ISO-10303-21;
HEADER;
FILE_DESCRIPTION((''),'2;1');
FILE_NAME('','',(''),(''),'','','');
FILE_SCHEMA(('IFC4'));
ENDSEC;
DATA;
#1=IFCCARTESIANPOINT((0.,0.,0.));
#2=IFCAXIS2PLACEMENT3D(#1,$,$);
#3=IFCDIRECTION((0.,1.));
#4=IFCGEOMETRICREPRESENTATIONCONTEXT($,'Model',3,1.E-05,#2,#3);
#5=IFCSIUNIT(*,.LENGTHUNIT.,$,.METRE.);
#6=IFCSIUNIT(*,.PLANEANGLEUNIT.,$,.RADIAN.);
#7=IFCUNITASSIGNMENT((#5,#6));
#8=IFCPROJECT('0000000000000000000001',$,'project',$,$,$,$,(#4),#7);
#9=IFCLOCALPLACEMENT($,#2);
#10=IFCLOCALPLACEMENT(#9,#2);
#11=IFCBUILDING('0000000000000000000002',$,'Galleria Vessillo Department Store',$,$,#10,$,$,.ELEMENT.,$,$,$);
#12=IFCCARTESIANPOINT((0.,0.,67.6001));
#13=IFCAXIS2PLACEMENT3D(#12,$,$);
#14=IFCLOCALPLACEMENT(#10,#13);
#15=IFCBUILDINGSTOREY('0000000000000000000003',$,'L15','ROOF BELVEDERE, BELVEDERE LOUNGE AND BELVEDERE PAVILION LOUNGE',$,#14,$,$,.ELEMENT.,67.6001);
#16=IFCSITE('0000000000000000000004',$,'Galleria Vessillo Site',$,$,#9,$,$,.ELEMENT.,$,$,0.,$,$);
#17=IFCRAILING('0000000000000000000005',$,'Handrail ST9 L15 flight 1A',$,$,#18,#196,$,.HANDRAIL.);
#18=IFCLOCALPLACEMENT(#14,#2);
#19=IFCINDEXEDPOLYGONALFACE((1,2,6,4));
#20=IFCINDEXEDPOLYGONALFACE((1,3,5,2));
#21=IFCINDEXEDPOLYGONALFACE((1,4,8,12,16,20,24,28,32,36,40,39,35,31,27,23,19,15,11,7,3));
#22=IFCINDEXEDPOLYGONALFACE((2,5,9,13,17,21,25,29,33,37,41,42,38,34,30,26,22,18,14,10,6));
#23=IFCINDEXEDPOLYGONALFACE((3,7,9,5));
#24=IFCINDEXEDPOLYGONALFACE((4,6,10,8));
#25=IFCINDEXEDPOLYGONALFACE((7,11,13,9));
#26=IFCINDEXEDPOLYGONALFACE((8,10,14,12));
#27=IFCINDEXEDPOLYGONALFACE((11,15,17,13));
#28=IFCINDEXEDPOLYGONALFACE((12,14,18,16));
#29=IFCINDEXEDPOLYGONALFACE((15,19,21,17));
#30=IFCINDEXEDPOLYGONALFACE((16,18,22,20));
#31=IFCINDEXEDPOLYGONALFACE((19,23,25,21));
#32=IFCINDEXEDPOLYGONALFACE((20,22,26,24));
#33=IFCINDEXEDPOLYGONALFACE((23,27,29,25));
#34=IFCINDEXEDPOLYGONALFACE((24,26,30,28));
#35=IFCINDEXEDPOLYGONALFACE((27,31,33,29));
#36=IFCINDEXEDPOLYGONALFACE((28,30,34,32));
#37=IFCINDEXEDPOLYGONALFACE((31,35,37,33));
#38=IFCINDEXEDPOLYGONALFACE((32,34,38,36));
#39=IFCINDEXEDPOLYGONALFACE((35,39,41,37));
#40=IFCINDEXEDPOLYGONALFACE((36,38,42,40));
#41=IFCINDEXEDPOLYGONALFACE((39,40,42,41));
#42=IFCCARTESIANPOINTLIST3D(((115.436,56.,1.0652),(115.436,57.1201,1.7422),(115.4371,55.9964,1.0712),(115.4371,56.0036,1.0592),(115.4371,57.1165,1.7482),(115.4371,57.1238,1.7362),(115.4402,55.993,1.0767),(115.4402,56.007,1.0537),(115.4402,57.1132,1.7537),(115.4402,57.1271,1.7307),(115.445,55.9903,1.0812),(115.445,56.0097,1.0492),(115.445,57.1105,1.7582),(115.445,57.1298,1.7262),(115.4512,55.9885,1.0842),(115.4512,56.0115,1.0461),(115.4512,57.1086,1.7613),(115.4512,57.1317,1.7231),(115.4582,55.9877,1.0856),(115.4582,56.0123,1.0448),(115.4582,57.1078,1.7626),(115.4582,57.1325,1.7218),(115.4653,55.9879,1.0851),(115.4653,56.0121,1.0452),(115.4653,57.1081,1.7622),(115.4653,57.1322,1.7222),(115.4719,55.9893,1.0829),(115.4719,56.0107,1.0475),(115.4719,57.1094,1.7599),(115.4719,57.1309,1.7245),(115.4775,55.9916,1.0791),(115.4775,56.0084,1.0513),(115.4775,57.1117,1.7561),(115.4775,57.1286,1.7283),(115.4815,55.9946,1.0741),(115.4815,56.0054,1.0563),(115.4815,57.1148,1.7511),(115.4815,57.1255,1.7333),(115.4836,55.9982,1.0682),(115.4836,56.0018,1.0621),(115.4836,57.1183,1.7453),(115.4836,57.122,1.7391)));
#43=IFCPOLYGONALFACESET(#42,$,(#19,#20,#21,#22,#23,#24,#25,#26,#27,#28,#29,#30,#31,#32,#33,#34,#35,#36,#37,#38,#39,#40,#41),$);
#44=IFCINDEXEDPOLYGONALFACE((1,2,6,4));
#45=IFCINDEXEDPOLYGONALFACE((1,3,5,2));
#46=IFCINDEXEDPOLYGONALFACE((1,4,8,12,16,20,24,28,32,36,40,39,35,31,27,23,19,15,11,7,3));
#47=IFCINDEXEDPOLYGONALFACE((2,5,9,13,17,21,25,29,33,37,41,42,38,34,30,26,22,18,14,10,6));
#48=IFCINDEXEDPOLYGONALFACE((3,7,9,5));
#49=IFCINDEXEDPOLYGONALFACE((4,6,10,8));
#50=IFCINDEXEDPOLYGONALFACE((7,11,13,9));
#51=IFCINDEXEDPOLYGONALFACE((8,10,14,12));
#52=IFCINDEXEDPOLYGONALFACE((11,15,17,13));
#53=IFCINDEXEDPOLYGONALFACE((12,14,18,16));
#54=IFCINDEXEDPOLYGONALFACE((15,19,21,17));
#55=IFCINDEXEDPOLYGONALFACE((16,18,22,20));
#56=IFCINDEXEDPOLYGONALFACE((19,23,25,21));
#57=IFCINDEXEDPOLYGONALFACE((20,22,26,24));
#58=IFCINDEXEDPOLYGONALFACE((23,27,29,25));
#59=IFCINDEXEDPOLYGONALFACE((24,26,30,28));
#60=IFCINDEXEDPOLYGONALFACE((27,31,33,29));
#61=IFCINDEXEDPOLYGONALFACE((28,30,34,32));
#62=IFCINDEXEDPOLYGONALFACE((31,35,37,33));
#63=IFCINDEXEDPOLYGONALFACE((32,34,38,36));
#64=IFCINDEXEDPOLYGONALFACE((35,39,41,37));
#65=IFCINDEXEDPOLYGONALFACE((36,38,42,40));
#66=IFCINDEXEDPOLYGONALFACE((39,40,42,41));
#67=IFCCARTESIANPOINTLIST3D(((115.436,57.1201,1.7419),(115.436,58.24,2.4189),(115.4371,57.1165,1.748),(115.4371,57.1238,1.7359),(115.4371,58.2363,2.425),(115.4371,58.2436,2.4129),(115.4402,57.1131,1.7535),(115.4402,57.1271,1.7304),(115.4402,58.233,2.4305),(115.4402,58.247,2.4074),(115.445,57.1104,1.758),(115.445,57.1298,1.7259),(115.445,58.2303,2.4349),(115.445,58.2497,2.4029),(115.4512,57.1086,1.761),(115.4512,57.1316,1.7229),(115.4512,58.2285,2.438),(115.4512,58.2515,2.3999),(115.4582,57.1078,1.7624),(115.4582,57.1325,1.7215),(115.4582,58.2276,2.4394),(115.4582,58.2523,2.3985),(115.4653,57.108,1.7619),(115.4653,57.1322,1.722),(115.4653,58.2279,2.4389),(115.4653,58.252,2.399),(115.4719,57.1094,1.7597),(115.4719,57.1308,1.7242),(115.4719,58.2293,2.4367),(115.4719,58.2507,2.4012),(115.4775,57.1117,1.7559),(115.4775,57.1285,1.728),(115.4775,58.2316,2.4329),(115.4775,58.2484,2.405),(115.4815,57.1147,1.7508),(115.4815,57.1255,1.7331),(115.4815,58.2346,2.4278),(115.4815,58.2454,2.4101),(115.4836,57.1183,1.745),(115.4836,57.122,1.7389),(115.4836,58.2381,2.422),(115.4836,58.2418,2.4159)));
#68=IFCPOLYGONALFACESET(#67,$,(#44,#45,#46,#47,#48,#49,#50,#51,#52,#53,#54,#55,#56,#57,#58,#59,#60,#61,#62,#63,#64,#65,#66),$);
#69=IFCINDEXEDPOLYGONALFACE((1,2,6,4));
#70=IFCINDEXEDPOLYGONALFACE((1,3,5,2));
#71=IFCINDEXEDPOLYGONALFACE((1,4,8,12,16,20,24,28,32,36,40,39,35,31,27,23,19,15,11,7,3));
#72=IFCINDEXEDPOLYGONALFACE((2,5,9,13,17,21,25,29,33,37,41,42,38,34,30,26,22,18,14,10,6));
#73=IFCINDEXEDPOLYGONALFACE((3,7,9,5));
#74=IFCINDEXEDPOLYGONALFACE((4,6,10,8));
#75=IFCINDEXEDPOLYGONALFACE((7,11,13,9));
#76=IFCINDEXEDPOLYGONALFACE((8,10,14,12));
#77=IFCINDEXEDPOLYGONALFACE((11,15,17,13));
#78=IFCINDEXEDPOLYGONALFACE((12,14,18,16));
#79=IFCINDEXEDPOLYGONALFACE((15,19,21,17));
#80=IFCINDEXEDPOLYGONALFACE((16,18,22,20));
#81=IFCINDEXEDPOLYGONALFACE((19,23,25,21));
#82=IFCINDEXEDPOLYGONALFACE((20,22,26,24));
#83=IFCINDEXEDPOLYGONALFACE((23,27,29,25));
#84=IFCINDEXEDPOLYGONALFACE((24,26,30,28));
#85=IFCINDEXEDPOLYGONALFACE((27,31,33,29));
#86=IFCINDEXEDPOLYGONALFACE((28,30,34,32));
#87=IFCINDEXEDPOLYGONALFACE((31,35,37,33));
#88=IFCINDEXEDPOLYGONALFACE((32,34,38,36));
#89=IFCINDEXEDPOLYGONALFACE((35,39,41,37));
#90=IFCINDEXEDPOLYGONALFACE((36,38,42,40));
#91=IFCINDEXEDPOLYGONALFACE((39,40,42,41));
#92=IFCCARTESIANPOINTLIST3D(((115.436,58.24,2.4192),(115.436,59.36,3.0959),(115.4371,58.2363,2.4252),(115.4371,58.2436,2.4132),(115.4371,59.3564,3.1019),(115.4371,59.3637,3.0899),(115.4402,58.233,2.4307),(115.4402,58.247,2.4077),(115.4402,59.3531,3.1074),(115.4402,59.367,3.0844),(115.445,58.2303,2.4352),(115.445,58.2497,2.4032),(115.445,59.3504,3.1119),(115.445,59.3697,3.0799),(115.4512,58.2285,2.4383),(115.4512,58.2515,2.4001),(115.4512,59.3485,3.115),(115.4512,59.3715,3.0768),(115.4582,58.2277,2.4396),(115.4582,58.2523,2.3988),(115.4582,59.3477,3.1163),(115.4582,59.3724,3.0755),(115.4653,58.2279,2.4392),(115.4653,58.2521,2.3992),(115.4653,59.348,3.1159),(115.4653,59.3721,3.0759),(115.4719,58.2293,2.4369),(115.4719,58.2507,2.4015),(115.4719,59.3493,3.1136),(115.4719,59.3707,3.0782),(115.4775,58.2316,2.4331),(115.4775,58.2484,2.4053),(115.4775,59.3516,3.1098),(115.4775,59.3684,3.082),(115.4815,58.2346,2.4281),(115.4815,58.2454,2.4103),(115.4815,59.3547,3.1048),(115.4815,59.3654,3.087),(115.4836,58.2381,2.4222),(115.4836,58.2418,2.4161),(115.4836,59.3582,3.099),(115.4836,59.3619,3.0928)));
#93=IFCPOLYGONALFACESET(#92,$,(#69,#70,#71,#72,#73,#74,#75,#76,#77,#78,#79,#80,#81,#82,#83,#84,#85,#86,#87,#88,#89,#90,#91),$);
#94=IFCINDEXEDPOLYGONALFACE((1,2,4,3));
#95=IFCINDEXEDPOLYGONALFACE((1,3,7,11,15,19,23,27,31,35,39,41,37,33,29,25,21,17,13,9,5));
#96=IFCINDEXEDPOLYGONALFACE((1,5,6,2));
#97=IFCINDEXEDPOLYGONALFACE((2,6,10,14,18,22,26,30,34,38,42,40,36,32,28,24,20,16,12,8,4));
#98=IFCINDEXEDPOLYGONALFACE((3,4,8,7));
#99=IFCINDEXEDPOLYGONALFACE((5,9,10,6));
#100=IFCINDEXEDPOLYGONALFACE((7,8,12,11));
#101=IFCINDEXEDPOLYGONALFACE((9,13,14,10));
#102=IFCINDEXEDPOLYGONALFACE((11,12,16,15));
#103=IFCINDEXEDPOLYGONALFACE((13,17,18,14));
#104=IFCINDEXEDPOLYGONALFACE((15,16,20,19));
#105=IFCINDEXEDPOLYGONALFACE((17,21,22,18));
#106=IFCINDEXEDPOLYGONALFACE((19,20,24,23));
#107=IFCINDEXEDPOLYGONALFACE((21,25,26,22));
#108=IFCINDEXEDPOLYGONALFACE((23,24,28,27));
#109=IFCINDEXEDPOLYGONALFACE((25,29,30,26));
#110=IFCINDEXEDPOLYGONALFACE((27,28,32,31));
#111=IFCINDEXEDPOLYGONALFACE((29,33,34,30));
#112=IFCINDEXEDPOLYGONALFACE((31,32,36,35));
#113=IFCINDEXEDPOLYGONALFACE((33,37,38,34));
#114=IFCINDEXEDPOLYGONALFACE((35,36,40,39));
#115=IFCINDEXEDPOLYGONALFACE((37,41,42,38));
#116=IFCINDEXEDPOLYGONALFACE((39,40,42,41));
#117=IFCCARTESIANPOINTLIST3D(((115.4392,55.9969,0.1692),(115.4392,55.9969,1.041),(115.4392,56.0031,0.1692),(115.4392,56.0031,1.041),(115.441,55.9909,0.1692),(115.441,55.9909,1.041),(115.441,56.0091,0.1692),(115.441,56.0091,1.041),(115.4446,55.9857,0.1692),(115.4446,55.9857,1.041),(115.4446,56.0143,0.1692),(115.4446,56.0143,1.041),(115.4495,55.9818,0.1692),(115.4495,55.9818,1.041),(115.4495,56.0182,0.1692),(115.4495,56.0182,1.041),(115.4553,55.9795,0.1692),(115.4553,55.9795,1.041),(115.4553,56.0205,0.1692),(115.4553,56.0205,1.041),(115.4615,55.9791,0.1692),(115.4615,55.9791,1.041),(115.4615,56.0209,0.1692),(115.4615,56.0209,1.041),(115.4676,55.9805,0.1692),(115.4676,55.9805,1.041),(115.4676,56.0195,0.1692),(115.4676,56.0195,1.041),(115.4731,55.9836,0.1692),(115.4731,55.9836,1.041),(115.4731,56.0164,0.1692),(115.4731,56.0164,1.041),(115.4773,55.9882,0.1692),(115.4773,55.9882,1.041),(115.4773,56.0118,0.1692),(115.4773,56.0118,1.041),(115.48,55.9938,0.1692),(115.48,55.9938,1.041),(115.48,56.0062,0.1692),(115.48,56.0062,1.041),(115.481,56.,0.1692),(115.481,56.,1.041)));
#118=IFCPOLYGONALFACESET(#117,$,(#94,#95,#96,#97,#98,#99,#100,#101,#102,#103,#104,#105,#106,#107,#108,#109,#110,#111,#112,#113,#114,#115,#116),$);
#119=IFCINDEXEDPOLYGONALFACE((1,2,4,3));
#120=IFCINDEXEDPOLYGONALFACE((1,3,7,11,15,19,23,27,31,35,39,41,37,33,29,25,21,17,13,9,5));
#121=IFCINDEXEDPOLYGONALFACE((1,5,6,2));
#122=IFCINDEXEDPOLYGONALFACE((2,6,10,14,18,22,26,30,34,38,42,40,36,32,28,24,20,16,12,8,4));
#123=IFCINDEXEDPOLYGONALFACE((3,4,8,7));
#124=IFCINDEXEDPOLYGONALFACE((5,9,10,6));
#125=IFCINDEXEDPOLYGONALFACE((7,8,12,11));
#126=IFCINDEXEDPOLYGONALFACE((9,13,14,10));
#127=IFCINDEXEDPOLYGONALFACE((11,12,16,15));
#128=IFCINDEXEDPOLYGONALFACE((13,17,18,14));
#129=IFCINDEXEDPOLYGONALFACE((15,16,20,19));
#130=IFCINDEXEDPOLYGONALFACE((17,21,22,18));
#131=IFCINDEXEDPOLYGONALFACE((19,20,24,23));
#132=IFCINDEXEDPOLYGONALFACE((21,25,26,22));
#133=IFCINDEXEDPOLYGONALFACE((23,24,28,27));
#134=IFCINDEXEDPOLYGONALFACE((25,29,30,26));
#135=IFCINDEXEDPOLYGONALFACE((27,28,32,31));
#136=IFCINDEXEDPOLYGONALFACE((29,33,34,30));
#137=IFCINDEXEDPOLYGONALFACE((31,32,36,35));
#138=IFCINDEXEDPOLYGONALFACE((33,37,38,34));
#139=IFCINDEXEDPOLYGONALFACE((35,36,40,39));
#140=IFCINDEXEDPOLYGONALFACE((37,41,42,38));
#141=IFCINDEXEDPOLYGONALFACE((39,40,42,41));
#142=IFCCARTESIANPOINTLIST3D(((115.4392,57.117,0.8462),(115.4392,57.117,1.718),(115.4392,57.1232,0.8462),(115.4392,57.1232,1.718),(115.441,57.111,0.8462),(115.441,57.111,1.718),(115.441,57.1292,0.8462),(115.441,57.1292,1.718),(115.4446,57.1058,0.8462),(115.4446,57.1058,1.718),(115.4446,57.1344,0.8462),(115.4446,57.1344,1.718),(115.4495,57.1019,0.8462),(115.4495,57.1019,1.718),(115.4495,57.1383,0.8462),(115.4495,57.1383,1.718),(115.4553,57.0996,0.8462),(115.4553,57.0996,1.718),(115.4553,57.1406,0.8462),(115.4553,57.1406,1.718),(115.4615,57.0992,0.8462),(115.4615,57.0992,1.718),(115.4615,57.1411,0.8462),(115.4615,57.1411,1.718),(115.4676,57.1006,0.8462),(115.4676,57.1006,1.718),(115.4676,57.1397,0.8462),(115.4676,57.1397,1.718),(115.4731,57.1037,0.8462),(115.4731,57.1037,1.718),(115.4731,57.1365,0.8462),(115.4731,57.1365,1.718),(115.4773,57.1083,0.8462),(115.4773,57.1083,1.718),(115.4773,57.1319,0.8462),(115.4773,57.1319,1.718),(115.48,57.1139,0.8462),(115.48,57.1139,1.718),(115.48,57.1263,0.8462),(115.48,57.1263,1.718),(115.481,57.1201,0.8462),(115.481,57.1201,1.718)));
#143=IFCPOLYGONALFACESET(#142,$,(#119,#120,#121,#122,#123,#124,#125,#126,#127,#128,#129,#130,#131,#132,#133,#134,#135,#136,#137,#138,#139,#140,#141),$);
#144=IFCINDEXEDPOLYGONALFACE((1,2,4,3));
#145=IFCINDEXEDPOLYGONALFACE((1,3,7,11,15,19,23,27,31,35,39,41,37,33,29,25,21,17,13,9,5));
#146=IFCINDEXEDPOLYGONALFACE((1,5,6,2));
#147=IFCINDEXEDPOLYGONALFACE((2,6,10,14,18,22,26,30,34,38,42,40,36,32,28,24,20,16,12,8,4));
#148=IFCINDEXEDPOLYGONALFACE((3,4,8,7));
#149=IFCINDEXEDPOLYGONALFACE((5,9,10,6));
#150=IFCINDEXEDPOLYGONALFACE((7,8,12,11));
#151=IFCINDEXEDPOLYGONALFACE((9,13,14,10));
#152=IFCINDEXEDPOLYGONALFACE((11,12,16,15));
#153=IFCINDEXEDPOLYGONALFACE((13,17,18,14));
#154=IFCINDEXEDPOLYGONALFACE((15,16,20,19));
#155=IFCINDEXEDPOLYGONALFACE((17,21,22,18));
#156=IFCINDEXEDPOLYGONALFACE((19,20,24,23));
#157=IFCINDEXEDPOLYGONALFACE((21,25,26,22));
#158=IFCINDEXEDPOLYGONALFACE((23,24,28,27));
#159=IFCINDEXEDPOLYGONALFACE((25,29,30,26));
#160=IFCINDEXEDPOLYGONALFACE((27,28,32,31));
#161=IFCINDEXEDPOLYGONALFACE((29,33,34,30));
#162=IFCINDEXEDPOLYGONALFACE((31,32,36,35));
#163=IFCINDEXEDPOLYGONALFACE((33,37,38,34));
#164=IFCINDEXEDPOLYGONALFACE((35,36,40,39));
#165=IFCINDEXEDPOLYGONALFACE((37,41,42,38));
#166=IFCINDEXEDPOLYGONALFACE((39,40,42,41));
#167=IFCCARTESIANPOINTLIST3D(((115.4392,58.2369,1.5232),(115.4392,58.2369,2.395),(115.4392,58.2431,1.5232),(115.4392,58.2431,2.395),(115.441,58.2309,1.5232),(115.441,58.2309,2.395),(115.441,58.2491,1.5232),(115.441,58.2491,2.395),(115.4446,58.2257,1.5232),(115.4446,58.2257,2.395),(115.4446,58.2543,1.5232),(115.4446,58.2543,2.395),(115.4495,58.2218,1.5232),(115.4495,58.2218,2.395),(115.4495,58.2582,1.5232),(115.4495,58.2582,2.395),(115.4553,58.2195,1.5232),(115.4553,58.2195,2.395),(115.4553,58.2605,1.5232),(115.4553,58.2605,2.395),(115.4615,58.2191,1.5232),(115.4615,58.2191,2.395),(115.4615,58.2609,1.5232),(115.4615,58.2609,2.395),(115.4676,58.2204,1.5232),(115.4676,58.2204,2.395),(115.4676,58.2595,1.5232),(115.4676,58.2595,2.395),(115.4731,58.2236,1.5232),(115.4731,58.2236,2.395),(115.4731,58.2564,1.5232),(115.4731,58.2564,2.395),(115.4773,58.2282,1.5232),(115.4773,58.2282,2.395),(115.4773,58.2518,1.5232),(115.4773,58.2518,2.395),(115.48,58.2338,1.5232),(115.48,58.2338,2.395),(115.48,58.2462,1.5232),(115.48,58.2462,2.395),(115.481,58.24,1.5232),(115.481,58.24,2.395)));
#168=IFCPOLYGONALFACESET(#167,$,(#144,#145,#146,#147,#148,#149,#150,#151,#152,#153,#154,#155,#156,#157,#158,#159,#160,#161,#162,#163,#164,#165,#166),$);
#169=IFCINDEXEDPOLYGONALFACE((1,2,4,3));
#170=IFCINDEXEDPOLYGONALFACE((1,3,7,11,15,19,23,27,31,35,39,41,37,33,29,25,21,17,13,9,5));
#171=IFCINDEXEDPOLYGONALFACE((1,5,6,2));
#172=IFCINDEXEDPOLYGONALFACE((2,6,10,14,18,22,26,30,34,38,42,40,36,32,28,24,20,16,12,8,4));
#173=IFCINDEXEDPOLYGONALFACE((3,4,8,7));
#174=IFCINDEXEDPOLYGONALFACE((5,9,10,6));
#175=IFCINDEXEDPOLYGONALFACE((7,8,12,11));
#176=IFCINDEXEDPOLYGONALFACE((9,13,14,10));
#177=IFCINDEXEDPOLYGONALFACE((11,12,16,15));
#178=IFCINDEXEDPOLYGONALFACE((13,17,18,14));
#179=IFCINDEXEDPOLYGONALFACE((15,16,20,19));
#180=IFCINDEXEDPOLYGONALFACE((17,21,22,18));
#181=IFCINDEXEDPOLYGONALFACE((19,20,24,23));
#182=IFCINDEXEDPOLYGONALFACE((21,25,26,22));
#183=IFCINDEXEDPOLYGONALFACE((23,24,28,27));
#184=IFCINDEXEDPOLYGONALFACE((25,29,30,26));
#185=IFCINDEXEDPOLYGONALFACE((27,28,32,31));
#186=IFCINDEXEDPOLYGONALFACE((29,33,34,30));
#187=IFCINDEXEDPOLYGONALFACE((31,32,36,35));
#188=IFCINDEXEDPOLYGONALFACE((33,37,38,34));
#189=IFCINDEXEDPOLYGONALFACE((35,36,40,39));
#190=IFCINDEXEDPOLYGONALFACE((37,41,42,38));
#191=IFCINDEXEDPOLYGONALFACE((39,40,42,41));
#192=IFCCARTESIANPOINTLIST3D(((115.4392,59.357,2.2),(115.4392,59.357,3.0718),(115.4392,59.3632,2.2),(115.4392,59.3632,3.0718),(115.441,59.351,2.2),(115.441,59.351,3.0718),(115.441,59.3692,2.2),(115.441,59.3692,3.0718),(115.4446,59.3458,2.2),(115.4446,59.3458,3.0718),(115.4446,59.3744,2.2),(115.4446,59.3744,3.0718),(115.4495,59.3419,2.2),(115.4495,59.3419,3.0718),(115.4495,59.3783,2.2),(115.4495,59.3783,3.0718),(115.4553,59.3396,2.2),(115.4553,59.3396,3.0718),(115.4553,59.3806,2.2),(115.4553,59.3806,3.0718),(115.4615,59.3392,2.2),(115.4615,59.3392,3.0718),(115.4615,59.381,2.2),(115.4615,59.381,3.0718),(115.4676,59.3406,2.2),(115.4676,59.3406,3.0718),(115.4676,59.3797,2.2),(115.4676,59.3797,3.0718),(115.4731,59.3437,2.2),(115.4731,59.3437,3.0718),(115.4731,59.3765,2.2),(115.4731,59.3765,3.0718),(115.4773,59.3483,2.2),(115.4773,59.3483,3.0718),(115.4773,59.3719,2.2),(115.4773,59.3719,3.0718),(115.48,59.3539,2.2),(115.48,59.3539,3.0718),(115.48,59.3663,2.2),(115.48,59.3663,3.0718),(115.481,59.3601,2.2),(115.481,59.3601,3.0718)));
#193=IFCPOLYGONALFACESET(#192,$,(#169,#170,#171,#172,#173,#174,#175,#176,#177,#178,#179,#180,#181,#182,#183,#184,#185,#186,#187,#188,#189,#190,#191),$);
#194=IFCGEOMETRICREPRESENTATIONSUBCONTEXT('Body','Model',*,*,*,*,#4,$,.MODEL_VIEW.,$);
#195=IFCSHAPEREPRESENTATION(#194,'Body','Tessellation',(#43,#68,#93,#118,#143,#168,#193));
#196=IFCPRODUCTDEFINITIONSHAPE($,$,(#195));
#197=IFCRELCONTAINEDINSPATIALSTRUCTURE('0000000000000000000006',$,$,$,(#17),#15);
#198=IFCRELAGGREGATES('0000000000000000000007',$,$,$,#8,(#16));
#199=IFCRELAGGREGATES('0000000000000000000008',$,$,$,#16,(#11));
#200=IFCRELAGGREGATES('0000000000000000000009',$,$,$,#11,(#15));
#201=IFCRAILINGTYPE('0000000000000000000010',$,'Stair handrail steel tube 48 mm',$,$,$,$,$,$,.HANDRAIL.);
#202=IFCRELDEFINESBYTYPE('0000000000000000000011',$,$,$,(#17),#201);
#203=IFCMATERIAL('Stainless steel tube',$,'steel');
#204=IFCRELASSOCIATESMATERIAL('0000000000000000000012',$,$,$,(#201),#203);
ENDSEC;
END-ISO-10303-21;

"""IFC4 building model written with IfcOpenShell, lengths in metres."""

from ifc_helpers import new_model, si_unit, direction, frame, origin, origin_2d, place, context, subcontext, project, spatial, circle, extrude, material, type_object, element, save


model = new_model("IFC4")

# Units and contexts
model_context = context("Model", 3, precision=1e-05, world=origin(), true_north=direction((0.0, 1.0)))
body_context = subcontext(model_context, "Body", "Model", "MODEL_VIEW")
ifc_project = project(units=[si_unit("LENGTHUNIT", "METRE"), si_unit("PLANEANGLEUNIT", "RADIAN")], contexts=[model_context])

# Site, building, storey
site_placement = place(None, origin())
site = spatial("IfcSite", under=ifc_project, at=site_placement, Name="Galleria Vessillo Site", CompositionType="ELEMENT", RefElevation=0.0)
building_placement = place(site_placement, origin())
building = spatial("IfcBuilding", under=site, at=building_placement, Name="Galleria Vessillo Department Store", CompositionType="ELEMENT")
storey_placement = place(building_placement, frame((0.0, 0.0, 67.6001)))
storey = spatial("IfcBuildingStorey", under=building, at=storey_placement, Name="L15", Description="ROOF BELVEDERE, BELVEDERE LOUNGE AND BELVEDERE PAVILION LOUNGE", CompositionType="ELEMENT", Elevation=67.6001)

# Railing
ifc_material_1 = material(Name="Stainless steel tube", Category="steel")
railing_type_1 = type_object("IfcRailingType", Name="Stair handrail steel tube 48 mm", PredefinedType="HANDRAIL", material=ifc_material_1)
for number, where, name in (
    (1, (115.46, 56.0, 0.1692), "Handrail ST9 L15 flight 1A"),
):
    element("IfcRailing", number, at=place(storey_placement, frame(where)), inside=storey, type_object=railing_type_1, Name=name, PredefinedType="HANDRAIL", context=body_context, shape_type="SweptSolid", body=[
        extrude(circle(Radius=0.0239, at=origin_2d()), frame((0.0, 0.0, 0.896), z_axis=(0.0, 0.855826, 0.517264), x_axis=(-1.0, 0.0, 0.0)), (0.0, 0.0, 1.0), 1.3088),
        extrude(circle(Radius=0.0239, at=origin_2d()), frame((0.0, 1.1201, 1.5728), z_axis=(0.0, 0.855776, 0.517346), x_axis=(-1.0, 0.0, 0.0)), (0.0, 0.0, 1.0), 1.3086),
        extrude(circle(Radius=0.0239, at=origin_2d()), frame((0.0, 2.24, 2.25), z_axis=(0.0, 0.855909, 0.517127), x_axis=(-1.0, 0.0, 0.0)), (0.0, 0.0, 1.0), 1.3086),
        extrude(circle(Radius=0.021, at=origin_2d()), origin(), (0.0, 0.0, 1.0), 0.8718),
        extrude(circle(Radius=0.021, at=origin_2d()), frame((0.0, 1.1201, 0.677)), (0.0, 0.0, 1.0), 0.8718),
        extrude(circle(Radius=0.021, at=origin_2d()), frame((0.0, 2.24, 1.354)), (0.0, 0.0, 1.0), 0.8718),
        extrude(circle(Radius=0.021, at=origin_2d()), frame((0.0, 3.3601, 2.0308)), (0.0, 0.0, 1.0), 0.8718),
    ])

save(model, "model.ifc")
